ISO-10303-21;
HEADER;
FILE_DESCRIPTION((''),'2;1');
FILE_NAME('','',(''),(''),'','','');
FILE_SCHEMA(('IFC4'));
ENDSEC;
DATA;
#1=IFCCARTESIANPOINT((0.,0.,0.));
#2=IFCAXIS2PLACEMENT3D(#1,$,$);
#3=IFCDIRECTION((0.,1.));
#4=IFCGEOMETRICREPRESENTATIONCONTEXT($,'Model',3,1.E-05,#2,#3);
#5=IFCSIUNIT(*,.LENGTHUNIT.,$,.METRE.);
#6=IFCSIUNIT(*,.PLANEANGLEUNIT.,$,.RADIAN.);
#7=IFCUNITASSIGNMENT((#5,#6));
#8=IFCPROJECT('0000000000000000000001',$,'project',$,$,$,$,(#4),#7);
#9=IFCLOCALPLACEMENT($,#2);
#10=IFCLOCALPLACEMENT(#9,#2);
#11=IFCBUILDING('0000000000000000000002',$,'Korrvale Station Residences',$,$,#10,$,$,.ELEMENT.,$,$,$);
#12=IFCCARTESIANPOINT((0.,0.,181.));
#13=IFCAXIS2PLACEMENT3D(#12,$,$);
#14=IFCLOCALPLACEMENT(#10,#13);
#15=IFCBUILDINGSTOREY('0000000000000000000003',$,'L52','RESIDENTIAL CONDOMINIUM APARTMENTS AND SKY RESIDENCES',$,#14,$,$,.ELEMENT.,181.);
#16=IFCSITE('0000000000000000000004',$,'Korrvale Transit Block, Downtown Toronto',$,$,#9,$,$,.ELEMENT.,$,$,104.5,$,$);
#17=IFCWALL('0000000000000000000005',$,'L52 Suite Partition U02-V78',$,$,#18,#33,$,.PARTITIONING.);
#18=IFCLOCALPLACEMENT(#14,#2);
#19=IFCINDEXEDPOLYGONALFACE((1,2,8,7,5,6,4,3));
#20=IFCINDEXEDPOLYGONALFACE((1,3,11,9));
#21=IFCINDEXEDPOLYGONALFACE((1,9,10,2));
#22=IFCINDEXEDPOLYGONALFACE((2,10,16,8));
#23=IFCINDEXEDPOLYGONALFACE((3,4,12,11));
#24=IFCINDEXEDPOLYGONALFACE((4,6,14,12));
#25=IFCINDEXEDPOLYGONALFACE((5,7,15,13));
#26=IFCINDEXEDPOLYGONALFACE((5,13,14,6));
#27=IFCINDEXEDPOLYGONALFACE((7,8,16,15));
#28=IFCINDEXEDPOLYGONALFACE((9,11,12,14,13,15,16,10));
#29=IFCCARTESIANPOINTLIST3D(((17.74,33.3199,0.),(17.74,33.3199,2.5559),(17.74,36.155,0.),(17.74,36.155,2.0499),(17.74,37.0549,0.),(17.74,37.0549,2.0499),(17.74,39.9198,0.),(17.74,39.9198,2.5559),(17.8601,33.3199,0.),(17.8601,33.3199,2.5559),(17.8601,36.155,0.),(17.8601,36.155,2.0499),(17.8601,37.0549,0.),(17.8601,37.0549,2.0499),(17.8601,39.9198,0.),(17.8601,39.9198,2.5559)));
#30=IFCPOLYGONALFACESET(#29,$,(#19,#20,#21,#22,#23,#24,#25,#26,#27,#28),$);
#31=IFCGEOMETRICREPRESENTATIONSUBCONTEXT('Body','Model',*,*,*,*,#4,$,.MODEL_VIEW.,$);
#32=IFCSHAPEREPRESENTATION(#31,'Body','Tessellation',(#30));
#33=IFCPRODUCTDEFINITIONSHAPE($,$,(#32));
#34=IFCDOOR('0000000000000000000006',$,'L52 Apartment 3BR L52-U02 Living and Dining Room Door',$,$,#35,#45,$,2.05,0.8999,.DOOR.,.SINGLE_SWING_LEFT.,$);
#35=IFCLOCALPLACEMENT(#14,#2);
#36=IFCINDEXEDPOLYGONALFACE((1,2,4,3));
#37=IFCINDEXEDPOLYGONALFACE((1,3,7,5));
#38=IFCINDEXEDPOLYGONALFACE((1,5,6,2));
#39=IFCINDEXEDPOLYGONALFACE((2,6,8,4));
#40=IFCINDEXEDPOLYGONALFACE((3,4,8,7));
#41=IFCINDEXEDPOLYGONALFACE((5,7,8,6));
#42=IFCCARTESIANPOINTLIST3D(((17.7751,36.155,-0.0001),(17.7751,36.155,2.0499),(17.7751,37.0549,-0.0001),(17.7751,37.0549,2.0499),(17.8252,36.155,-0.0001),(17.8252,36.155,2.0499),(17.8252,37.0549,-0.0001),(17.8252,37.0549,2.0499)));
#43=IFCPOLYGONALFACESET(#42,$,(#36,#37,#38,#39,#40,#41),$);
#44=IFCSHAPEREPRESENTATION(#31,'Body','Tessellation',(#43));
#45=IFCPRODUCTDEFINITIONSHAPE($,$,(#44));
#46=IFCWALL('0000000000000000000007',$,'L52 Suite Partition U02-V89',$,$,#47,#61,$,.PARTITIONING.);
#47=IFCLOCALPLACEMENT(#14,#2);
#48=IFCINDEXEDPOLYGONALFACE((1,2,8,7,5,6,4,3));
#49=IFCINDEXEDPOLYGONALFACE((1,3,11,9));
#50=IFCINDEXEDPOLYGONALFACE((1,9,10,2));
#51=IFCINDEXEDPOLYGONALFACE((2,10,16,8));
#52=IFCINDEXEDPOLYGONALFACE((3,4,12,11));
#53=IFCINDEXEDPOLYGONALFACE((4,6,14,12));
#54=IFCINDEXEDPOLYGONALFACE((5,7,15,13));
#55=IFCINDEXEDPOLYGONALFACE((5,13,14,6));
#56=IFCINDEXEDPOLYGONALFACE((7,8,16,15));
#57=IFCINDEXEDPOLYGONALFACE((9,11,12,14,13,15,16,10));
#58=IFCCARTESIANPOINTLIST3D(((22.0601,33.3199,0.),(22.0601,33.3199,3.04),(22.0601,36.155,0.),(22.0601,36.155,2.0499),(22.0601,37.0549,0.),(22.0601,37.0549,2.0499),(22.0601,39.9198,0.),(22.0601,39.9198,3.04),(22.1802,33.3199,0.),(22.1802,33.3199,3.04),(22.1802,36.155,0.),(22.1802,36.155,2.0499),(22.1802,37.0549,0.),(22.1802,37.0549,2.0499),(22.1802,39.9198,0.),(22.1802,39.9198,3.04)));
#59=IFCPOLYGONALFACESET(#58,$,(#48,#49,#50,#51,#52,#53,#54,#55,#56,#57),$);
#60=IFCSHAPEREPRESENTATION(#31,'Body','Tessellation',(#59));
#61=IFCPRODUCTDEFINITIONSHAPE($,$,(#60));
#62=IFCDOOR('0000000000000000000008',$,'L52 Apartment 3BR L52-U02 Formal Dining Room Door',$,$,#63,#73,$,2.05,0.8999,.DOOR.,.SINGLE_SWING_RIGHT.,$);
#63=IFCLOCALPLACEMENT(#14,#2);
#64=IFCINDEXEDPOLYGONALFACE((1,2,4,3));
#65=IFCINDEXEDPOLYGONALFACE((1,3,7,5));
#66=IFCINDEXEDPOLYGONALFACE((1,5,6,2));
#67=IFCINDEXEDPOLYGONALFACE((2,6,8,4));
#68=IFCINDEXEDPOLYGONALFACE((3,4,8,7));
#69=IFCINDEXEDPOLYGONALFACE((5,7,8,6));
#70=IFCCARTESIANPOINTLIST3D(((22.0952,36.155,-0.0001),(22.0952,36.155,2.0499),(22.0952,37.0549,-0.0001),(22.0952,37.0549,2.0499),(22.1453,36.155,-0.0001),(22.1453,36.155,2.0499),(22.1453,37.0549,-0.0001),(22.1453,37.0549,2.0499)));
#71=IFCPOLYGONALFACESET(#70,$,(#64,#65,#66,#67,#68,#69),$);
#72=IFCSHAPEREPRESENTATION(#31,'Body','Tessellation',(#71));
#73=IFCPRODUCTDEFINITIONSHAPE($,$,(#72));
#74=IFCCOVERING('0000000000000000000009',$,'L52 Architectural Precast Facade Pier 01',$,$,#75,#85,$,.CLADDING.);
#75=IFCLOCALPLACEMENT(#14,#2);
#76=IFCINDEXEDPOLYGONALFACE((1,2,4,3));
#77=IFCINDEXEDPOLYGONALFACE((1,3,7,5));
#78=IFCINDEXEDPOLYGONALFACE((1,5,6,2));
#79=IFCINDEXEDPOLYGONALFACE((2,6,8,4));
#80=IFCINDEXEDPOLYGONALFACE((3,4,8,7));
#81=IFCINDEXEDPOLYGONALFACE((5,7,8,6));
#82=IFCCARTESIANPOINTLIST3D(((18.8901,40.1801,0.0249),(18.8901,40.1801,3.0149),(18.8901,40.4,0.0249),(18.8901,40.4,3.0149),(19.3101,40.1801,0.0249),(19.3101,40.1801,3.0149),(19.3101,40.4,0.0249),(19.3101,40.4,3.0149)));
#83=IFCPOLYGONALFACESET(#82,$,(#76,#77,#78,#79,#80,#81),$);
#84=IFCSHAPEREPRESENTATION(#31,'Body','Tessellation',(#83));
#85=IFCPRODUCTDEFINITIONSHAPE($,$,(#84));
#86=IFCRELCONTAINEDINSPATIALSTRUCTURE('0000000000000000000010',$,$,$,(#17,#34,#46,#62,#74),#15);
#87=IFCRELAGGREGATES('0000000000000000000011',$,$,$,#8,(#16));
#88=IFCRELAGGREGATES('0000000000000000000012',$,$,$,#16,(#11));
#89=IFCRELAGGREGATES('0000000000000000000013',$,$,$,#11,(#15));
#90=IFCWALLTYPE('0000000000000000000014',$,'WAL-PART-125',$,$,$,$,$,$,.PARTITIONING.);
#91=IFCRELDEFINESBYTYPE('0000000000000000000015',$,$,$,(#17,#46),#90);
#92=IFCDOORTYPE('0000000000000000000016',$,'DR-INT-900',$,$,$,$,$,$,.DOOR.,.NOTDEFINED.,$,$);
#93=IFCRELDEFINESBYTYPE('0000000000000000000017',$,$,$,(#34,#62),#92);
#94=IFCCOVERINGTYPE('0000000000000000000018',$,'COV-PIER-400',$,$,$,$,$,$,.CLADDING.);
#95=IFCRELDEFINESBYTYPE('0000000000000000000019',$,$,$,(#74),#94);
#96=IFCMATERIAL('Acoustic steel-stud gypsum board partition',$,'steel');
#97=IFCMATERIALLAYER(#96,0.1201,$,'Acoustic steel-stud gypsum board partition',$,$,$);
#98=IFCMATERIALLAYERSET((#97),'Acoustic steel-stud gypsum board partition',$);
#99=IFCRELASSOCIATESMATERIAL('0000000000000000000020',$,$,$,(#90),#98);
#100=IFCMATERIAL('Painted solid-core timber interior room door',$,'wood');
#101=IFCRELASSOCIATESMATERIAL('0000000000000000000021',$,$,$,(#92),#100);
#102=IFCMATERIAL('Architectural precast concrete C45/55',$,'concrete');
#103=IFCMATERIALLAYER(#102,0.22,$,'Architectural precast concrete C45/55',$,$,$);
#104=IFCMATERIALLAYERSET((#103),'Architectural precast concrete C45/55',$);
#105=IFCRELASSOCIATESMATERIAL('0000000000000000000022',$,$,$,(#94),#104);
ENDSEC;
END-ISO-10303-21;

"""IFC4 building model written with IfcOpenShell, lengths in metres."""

from ifc_helpers import new_model, si_unit, direction, frame, frame_2d, origin, origin_2d, place, context, subcontext, project, spatial, rectangle, extrude, material, layer, layer_set, type_object, element, fill, save


model = new_model("IFC4")

# Units and contexts
model_context = context("Model", 3, precision=1e-05, world=origin(), true_north=direction((0.0, 1.0)))
body_context = subcontext(model_context, "Body", "Model", "MODEL_VIEW")
ifc_project = project(units=[si_unit("LENGTHUNIT", "METRE"), si_unit("PLANEANGLEUNIT", "RADIAN")], contexts=[model_context])

# Site, building, storey
site_placement = place(None, origin())
site = spatial("IfcSite", under=ifc_project, at=site_placement, Name="Korrvale Transit Block, Downtown Toronto", CompositionType="ELEMENT", RefElevation=104.5)
building_placement = place(site_placement, origin())
building = spatial("IfcBuilding", under=site, at=building_placement, Name="Korrvale Station Residences", CompositionType="ELEMENT")
storey_placement = place(building_placement, frame((0.0, 0.0, 181.0)))
storey = spatial("IfcBuildingStorey", under=building, at=storey_placement, Name="L52", Description="RESIDENTIAL CONDOMINIUM APARTMENTS AND SKY RESIDENCES", CompositionType="ELEMENT", Elevation=181.0)

# Walls, openings, doors
ifc_material_1 = material(Name="Acoustic steel-stud gypsum board partition", Category="steel")
ifc_layer_1 = layer(ifc_material_1, 0.1201, Name="Acoustic steel-stud gypsum board partition")
ifc_layer_set_1 = layer_set([ifc_layer_1], Name="Acoustic steel-stud gypsum board partition")
wall_type = type_object("IfcWallType", Name="WAL-PART-125", PredefinedType="PARTITIONING", material=ifc_layer_set_1)
ifc_material_2 = material(Name="Painted solid-core timber interior room door", Category="wood")
door_type = type_object("IfcDoorType", Name="DR-INT-900", OperationType="NOTDEFINED", PredefinedType="DOOR", material=ifc_material_2)
wall_1_placement = place(storey_placement, frame((17.8, 33.3201, 0.0), z_axis=(0.0, 0.0, 1.0), x_axis=(0.0, 1.0, 0.0)))
wall_1 = element("IfcWall", 1, at=wall_1_placement, inside=storey, type_object=wall_type, Name="L52 Suite Partition U02-V78", PredefinedType="PARTITIONING", context=body_context, shape_type="SweptSolid", body=[
    extrude(rectangle(XDim=6.5999, YDim=0.1201, at=frame_2d((3.2998, 0.0))), origin(), (0.0, 0.0, 1.0), 2.5559),
])
opening_1_placement = place(wall_1_placement, frame((2.835, 0.0, 0.0)))
opening_1 = element("IfcOpeningElement", 2, at=opening_1_placement, cuts=wall_1, PredefinedType="OPENING", context=body_context, shape_type="SweptSolid", body=[
    extrude(rectangle(XDim=0.8999, YDim=2.05, at=frame_2d((0.45, 1.0249))), frame((0.0, 0.0701, 0.0), z_axis=(0.0, -1.0, 0.0), x_axis=(1.0, 0.0, 0.0)), (0.0, 0.0, 1.0), 0.1401),
])
door_1_placement = place(opening_1_placement, origin())
door_1 = element("IfcDoor", 3, at=door_1_placement, inside=storey, type_object=door_type, Name="L52 Apartment 3BR L52-U02 Living and Dining Room Door", OperationType="SINGLE_SWING_LEFT", OverallHeight=2.05, OverallWidth=0.8999, PredefinedType="DOOR", context=body_context, shape_type="SweptSolid", body=[
    extrude(rectangle(XDim=0.8999, YDim=2.05, at=frame_2d((0.45, 1.0249))), frame((0.0, 0.0249, 0.0), z_axis=(0.0, -1.0, 0.0), x_axis=(1.0, 0.0, 0.0)), (0.0, 0.0, 1.0), 0.05),
])
fill(opening_1, door_1)
wall_2_placement = place(storey_placement, frame((22.1201, 33.3201, 0.0), z_axis=(0.0, 0.0, 1.0), x_axis=(0.0, 1.0, 0.0)))
wall_2 = element("IfcWall", 4, at=wall_2_placement, inside=storey, type_object=wall_type, Name="L52 Suite Partition U02-V89", PredefinedType="PARTITIONING", context=body_context, shape_type="SweptSolid", body=[
    extrude(rectangle(XDim=6.5999, YDim=0.1201, at=frame_2d((3.2998, 0.0))), origin(), (0.0, 0.0, 1.0), 3.04),
])
opening_2_placement = place(wall_2_placement, frame((2.835, 0.0, 0.0)))
opening_2 = element("IfcOpeningElement", 5, at=opening_2_placement, cuts=wall_2, PredefinedType="OPENING", context=body_context, shape_type="SweptSolid", body=[
    extrude(rectangle(XDim=0.8999, YDim=2.05, at=frame_2d((0.45, 1.0249))), frame((0.0, 0.0701, 0.0), z_axis=(0.0, -1.0, 0.0), x_axis=(1.0, 0.0, 0.0)), (0.0, 0.0, 1.0), 0.1401),
])
door_2_placement = place(opening_2_placement, origin())
door_2 = element("IfcDoor", 6, at=door_2_placement, inside=storey, type_object=door_type, Name="L52 Apartment 3BR L52-U02 Formal Dining Room Door", OperationType="SINGLE_SWING_RIGHT", OverallHeight=2.05, OverallWidth=0.8999, PredefinedType="DOOR", context=body_context, shape_type="SweptSolid", body=[
    extrude(rectangle(XDim=0.8999, YDim=2.05, at=frame_2d((0.45, 1.0249))), frame((0.0, 0.0249, 0.0), z_axis=(0.0, -1.0, 0.0), x_axis=(1.0, 0.0, 0.0)), (0.0, 0.0, 1.0), 0.05),
])
fill(opening_2, door_2)

# Covering
ifc_material_3 = material(Name="Architectural precast concrete C45/55", Category="concrete")
ifc_layer_2 = layer(ifc_material_3, 0.22, Name="Architectural precast concrete C45/55")
ifc_layer_set_2 = layer_set([ifc_layer_2], Name="Architectural precast concrete C45/55")
covering_type = type_object("IfcCoveringType", Name="COV-PIER-400", PredefinedType="CLADDING", material=ifc_layer_set_2)
covering_placement = place(storey_placement, frame((19.1001, 40.29, 0.0249), z_axis=(0.0, 0.0, 1.0), x_axis=(1.0, 0.0, 0.0)))
element("IfcCovering", 7, at=covering_placement, inside=storey, type_object=covering_type, Name="L52 Architectural Precast Facade Pier 01", PredefinedType="CLADDING", context=body_context, shape_type="SweptSolid", body=[
    extrude(rectangle(XDim=0.4199, YDim=0.22, at=origin_2d()), origin(), (0.0, 0.0, 1.0), 2.99),
])

save(model, "model.ifc")
